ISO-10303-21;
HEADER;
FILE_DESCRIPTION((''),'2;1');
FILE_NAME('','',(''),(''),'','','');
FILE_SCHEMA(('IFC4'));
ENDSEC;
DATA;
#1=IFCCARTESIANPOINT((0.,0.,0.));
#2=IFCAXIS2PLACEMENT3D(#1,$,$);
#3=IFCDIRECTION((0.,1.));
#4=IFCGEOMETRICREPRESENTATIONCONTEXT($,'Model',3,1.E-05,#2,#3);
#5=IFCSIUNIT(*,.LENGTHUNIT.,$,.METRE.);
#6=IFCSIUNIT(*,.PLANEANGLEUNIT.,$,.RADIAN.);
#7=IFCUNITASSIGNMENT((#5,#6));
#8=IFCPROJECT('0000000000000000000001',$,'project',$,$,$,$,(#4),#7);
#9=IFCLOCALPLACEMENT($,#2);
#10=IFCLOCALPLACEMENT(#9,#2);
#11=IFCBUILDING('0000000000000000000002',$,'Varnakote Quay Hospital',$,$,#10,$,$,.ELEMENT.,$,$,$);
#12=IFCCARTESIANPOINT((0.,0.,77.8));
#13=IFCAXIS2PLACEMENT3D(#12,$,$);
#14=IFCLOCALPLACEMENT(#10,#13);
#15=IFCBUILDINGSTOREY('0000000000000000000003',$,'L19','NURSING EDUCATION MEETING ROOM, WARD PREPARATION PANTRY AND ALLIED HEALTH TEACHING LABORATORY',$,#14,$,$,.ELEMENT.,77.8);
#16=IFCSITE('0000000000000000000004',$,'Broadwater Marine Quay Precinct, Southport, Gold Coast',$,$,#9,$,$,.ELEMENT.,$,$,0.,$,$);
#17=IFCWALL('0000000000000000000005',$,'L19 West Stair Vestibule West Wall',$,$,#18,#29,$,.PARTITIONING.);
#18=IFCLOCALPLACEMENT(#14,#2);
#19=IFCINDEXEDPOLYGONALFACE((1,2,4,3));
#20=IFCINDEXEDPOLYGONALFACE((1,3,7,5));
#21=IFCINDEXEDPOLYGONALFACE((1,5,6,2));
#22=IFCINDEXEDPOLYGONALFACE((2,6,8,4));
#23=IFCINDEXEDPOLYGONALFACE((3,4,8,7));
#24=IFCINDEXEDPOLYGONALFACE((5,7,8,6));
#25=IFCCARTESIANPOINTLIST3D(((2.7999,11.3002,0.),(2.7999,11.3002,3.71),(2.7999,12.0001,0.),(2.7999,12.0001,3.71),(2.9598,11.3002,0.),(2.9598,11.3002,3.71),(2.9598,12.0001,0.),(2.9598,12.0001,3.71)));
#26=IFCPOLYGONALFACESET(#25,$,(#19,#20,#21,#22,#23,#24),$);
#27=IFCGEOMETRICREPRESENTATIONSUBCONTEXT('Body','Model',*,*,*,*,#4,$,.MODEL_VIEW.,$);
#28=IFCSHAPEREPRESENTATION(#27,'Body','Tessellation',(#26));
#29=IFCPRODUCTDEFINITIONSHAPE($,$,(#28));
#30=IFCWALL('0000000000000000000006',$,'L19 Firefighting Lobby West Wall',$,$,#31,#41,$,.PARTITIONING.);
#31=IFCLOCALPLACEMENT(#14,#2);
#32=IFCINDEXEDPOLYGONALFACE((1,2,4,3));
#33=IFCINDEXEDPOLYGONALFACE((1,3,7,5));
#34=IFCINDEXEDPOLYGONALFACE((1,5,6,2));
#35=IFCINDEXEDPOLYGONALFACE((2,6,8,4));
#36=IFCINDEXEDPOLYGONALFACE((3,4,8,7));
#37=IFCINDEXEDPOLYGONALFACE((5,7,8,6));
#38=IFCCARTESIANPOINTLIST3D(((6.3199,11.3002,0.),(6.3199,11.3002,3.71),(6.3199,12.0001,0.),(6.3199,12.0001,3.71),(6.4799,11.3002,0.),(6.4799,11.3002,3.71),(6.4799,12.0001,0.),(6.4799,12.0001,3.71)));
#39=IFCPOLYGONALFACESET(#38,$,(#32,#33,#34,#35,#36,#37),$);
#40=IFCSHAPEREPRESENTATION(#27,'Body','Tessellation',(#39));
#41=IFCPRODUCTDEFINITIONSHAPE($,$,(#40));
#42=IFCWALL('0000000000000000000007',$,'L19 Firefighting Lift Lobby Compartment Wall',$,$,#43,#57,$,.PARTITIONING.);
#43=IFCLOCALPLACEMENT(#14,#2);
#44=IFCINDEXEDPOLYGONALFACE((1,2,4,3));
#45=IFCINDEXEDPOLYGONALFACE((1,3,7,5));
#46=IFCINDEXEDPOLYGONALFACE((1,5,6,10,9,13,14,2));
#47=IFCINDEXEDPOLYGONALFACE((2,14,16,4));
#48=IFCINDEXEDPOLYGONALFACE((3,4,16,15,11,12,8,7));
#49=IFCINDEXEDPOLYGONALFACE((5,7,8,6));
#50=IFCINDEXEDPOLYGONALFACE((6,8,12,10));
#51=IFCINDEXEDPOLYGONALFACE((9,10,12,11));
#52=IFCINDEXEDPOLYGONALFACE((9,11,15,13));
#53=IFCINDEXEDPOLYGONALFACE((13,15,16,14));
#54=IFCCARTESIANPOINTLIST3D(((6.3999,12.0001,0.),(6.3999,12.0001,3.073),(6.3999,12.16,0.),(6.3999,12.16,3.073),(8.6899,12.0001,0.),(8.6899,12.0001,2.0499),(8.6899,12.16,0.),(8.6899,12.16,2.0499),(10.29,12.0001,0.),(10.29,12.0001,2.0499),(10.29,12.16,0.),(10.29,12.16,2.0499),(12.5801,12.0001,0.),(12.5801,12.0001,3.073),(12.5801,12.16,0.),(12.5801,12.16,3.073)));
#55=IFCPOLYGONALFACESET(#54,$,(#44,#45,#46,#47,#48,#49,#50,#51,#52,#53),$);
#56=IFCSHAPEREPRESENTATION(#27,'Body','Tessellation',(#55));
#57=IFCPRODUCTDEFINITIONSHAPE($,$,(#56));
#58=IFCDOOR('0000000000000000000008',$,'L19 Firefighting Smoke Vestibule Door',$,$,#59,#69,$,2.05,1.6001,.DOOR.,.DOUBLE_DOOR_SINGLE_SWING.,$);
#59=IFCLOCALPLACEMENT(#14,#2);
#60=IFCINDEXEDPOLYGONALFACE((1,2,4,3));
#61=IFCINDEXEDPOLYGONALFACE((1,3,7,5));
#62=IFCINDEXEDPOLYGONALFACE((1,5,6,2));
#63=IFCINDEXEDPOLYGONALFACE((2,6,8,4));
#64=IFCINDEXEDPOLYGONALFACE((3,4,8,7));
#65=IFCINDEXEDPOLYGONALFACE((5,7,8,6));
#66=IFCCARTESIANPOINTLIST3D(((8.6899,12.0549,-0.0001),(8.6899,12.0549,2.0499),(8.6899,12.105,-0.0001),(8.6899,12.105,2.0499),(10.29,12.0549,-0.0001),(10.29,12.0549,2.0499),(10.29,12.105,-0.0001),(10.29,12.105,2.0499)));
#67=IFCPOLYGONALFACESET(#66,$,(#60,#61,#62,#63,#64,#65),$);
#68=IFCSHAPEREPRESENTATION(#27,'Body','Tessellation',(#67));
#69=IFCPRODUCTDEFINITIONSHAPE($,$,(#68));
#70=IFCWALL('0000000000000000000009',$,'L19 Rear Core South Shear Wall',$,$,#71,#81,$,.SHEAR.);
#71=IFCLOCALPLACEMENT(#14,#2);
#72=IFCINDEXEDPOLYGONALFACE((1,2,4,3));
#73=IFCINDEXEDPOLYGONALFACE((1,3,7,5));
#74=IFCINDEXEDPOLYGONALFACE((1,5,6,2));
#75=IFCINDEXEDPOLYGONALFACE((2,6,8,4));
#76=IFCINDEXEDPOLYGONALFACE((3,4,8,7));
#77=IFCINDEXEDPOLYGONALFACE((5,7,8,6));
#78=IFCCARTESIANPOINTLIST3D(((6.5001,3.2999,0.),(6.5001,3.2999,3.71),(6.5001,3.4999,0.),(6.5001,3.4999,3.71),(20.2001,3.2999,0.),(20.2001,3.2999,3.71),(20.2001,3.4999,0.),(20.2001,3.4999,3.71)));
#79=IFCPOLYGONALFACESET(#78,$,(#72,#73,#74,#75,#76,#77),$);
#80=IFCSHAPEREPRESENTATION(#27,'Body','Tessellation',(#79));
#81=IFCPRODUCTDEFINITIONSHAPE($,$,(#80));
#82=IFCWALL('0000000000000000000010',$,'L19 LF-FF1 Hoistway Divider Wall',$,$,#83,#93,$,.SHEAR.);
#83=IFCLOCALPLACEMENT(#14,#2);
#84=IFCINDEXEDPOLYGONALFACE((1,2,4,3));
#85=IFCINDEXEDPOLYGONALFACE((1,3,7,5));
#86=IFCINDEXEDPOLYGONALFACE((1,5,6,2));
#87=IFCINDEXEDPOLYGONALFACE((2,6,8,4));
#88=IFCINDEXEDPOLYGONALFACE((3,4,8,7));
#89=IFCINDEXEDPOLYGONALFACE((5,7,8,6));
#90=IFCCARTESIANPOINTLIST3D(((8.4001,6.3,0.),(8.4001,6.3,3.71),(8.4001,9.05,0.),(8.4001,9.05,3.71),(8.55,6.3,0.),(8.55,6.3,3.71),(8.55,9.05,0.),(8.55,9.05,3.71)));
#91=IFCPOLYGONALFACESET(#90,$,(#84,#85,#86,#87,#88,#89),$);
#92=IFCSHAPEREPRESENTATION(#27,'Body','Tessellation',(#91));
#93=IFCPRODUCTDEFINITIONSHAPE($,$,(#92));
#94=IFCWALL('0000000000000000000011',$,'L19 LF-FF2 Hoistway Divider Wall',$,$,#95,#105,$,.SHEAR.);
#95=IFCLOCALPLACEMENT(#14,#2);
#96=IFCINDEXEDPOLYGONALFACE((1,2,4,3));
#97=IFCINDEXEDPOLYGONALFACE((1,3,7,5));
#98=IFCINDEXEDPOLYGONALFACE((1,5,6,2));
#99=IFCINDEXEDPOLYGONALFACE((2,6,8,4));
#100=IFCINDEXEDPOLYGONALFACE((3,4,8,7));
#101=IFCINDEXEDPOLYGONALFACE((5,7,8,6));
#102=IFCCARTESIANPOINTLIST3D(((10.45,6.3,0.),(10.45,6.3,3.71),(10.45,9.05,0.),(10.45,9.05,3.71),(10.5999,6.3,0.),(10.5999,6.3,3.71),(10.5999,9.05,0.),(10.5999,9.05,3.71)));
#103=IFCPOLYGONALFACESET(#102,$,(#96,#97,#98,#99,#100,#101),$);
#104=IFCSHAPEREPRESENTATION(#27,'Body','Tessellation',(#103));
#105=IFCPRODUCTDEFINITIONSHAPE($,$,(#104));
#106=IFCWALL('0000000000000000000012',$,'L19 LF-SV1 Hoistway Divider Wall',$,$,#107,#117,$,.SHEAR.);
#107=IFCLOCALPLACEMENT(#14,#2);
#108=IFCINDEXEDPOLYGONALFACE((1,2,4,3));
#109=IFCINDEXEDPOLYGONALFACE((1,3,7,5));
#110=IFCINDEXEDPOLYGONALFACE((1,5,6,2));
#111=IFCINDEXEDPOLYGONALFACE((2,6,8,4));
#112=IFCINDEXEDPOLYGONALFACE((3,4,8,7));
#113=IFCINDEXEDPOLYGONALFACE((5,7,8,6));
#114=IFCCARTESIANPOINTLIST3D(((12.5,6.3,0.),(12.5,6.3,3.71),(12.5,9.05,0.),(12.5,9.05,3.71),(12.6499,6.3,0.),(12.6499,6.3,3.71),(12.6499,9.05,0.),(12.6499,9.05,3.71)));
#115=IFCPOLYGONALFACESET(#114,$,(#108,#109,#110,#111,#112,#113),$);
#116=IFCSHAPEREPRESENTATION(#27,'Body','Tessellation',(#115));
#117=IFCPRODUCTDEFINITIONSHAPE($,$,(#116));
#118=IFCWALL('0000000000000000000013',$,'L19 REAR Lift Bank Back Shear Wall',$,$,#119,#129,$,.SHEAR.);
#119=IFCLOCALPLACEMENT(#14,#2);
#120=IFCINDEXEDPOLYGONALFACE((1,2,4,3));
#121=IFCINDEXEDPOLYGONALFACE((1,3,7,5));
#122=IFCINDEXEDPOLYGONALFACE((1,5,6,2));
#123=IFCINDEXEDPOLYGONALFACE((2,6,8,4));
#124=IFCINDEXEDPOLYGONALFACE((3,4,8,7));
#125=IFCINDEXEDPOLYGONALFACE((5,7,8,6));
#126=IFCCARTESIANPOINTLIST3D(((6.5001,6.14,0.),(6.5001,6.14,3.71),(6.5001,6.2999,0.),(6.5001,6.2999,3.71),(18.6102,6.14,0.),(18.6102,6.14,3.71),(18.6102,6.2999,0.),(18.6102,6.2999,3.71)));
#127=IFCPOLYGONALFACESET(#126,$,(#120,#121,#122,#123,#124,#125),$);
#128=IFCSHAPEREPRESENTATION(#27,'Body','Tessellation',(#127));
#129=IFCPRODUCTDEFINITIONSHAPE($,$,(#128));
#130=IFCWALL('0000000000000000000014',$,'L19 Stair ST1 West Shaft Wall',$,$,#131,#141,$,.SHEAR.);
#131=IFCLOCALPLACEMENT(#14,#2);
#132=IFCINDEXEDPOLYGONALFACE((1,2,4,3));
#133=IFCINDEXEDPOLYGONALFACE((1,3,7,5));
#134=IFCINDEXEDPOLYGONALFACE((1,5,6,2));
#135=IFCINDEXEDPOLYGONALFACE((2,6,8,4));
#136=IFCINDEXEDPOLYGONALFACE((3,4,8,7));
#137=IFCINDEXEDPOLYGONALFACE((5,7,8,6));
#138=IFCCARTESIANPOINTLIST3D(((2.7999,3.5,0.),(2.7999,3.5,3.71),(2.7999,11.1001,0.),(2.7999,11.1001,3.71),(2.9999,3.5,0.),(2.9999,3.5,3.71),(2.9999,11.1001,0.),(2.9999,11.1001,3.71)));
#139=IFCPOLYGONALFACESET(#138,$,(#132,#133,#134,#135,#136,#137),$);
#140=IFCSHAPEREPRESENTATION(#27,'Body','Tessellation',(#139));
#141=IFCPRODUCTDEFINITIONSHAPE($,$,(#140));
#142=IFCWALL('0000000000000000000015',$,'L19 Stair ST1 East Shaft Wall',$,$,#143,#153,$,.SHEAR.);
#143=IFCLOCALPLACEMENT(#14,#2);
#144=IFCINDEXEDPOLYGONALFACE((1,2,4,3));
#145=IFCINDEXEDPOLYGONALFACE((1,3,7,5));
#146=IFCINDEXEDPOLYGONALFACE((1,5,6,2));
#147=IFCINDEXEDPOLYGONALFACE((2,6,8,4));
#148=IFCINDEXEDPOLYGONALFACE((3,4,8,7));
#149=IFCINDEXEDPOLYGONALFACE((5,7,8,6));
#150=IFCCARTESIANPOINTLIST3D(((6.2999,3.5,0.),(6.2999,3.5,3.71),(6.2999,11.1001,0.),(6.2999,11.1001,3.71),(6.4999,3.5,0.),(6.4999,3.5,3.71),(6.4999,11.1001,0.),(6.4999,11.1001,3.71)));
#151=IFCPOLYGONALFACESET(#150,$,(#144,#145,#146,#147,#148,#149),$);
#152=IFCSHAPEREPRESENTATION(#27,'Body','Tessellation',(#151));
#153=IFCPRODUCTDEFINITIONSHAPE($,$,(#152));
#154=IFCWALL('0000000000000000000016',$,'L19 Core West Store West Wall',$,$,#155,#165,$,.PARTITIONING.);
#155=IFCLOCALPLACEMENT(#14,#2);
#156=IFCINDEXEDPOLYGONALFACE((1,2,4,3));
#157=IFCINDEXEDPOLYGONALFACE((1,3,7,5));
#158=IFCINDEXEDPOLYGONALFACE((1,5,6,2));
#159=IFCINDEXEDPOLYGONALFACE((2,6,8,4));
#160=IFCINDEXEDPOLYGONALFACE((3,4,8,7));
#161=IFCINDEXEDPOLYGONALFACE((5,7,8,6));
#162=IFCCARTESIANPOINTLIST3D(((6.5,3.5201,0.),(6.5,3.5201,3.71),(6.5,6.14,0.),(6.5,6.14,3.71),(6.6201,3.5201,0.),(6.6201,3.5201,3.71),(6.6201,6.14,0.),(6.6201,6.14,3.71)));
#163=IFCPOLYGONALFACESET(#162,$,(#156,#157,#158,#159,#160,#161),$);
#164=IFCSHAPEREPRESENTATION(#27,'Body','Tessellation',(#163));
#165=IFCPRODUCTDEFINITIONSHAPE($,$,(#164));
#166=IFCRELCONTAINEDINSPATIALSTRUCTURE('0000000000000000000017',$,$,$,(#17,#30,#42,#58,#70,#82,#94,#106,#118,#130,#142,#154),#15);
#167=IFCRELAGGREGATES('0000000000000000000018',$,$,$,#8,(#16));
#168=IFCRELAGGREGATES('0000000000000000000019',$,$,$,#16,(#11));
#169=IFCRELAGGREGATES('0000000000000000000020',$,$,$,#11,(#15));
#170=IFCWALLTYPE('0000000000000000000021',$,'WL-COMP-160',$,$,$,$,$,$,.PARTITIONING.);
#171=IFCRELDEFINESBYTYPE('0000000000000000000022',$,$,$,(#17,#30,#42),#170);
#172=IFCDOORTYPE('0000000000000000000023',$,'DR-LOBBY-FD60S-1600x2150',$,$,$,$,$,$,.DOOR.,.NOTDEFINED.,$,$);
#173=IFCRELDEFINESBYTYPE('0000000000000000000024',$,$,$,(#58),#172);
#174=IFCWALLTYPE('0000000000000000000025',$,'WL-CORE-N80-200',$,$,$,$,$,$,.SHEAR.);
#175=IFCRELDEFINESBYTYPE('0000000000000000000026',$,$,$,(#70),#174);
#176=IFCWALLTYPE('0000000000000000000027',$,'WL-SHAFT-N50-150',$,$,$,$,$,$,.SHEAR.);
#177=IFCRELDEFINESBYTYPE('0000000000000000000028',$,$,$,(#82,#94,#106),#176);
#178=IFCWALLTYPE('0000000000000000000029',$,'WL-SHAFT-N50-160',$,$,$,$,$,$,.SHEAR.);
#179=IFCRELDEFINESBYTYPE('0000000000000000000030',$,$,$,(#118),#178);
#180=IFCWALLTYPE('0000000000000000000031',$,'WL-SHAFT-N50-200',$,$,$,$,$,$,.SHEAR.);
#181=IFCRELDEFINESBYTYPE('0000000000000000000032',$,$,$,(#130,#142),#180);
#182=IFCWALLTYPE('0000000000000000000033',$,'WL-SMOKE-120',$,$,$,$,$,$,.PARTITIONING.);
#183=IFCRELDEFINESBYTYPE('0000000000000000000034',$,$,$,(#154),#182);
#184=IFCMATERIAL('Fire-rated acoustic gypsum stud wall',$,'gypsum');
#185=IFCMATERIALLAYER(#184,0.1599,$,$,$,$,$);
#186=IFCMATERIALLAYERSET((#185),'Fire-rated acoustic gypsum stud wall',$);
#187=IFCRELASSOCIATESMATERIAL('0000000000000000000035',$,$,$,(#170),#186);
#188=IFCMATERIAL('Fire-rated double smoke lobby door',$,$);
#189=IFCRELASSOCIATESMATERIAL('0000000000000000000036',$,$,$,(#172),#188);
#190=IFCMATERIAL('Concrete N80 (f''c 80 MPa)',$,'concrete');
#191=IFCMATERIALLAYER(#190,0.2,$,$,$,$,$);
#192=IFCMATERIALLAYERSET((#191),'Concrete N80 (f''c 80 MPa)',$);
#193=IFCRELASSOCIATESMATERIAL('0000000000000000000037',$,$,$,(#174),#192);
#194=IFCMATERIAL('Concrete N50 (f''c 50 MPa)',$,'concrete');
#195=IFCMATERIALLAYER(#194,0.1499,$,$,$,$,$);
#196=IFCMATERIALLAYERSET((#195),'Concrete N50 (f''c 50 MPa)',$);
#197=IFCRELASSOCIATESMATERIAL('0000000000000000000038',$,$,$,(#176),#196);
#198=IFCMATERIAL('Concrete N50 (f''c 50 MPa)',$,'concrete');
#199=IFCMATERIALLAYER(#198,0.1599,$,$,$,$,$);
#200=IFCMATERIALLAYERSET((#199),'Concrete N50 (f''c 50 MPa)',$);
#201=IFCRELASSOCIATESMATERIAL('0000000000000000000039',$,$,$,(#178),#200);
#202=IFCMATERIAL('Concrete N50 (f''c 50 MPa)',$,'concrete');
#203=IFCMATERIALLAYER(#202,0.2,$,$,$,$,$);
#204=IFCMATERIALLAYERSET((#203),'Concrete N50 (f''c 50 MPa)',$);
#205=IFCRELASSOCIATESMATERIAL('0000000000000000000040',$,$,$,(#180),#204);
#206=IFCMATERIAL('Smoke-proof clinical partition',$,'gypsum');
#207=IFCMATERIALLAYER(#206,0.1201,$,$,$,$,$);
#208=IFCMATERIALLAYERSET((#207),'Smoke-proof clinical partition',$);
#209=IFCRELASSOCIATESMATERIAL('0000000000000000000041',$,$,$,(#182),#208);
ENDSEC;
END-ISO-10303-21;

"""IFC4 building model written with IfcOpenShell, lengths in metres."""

from ifc_helpers import new_model, si_unit, direction, frame, frame_2d, origin, place, context, subcontext, project, spatial, rectangle, extrude, material, layer, layer_set, type_object, element, fill, save


model = new_model("IFC4")

# Units and contexts
model_context = context("Model", 3, precision=1e-05, world=origin(), true_north=direction((0.0, 1.0)))
body_context = subcontext(model_context, "Body", "Model", "MODEL_VIEW")
ifc_project = project(units=[si_unit("LENGTHUNIT", "METRE"), si_unit("PLANEANGLEUNIT", "RADIAN")], contexts=[model_context])

# Site, building, storey
site_placement = place(None, origin())
site = spatial("IfcSite", under=ifc_project, at=site_placement, Name="Broadwater Marine Quay Precinct, Southport, Gold Coast", CompositionType="ELEMENT", RefElevation=0.0)
building_placement = place(site_placement, origin())
building = spatial("IfcBuilding", under=site, at=building_placement, Name="Varnakote Quay Hospital", CompositionType="ELEMENT")
storey_placement = place(building_placement, frame((0.0, 0.0, 77.8)))
storey = spatial("IfcBuildingStorey", under=building, at=storey_placement, Name="L19", Description="NURSING EDUCATION MEETING ROOM, WARD PREPARATION PANTRY AND ALLIED HEALTH TEACHING LABORATORY", CompositionType="ELEMENT", Elevation=77.8)

# Walls
ifc_material_1 = material(Name="Fire-rated acoustic gypsum stud wall", Category="gypsum")
ifc_layer_1 = layer(ifc_material_1, 0.1599)
ifc_layer_set_1 = layer_set([ifc_layer_1], Name="Fire-rated acoustic gypsum stud wall")
wall_type_1 = type_object("IfcWallType", Name="WL-COMP-160", PredefinedType="PARTITIONING", material=ifc_layer_set_1)
for number, where, z_axis, x_axis, name in (
    (1, (2.8799, 11.3, 0.0), (0.0, 0.0, 1.0), (0.0, 1.0, 0.0), "L19 West Stair Vestibule West Wall"),
    (2, (6.3999, 11.3, 0.0), (0.0, 0.0, 1.0), (0.0, 1.0, 0.0), "L19 Firefighting Lobby West Wall"),
):
    element("IfcWall", number, at=place(storey_placement, frame(where, z_axis=z_axis, x_axis=x_axis)), inside=storey, type_object=wall_type_1, Name=name, PredefinedType="PARTITIONING", context=body_context, shape_type="SweptSolid", body=[
        extrude(rectangle(XDim=0.7, YDim=0.1599, at=frame_2d((0.3501, 0.0))), origin(), (0.0, 0.0, 1.0), 3.71),
    ])

# Wall, opening, door
wall_1_placement = place(storey_placement, frame((6.3999, 12.0801, 0.0), z_axis=(0.0, 0.0, 1.0), x_axis=(1.0, 0.0, 0.0)))
wall_1 = element("IfcWall", 3, at=wall_1_placement, inside=storey, type_object=wall_type_1, Name="L19 Firefighting Lift Lobby Compartment Wall", PredefinedType="PARTITIONING", context=body_context, shape_type="SweptSolid", body=[
    extrude(rectangle(XDim=6.1802, YDim=0.1599, at=frame_2d((3.0901, 0.0))), origin(), (0.0, 0.0, 1.0), 3.073),
])
opening_1_placement = place(wall_1_placement, frame((2.29, 0.0, 0.0)))
opening_1 = element("IfcOpeningElement", 4, at=opening_1_placement, cuts=wall_1, PredefinedType="OPENING", context=body_context, shape_type="SweptSolid", body=[
    extrude(rectangle(XDim=1.6001, YDim=2.05, at=frame_2d((0.8, 1.0249))), frame((0.0, 0.0898, 0.0), z_axis=(0.0, -1.0, 0.0), x_axis=(1.0, 0.0, 0.0)), (0.0, 0.0, 1.0), 0.1799),
])
ifc_material_2 = material(Name="Fire-rated double smoke lobby door")
door_type_1 = type_object("IfcDoorType", Name="DR-LOBBY-FD60S-1600x2150", OperationType="NOTDEFINED", PredefinedType="DOOR", material=ifc_material_2)
door_1_placement = place(opening_1_placement, origin())
door_1 = element("IfcDoor", 5, at=door_1_placement, inside=storey, type_object=door_type_1, Name="L19 Firefighting Smoke Vestibule Door", OperationType="DOUBLE_DOOR_SINGLE_SWING", OverallHeight=2.05, OverallWidth=1.6001, PredefinedType="DOOR", context=body_context, shape_type="SweptSolid", body=[
    extrude(rectangle(XDim=1.6001, YDim=2.05, at=frame_2d((0.8, 1.0249))), frame((0.0, 0.0249, 0.0), z_axis=(0.0, -1.0, 0.0), x_axis=(1.0, 0.0, 0.0)), (0.0, 0.0, 1.0), 0.05),
])
fill(opening_1, door_1)

# Walls
ifc_material_3 = material(Name="Concrete N80 (f'c 80 MPa)", Category="concrete")
ifc_layer_2 = layer(ifc_material_3, 0.2)
ifc_layer_set_2 = layer_set([ifc_layer_2], Name="Concrete N80 (f'c 80 MPa)")
wall_type_2 = type_object("IfcWallType", Name="WL-CORE-N80-200", PredefinedType="SHEAR", material=ifc_layer_set_2)
wall_2_placement = place(storey_placement, frame((6.5, 3.3999, 0.0), z_axis=(0.0, 0.0, 1.0), x_axis=(1.0, 0.0, 0.0)))
element("IfcWall", 6, at=wall_2_placement, inside=storey, type_object=wall_type_2, Name="L19 Rear Core South Shear Wall", PredefinedType="SHEAR", context=body_context, shape_type="SweptSolid", body=[
    extrude(rectangle(XDim=13.7, YDim=0.2, at=frame_2d((6.8501, 0.0))), origin(), (0.0, 0.0, 1.0), 3.71),
])
ifc_material_4 = material(Name="Concrete N50 (f'c 50 MPa)", Category="concrete")
ifc_layer_3 = layer(ifc_material_4, 0.1499)
ifc_layer_set_3 = layer_set([ifc_layer_3], Name="Concrete N50 (f'c 50 MPa)")
wall_type_3 = type_object("IfcWallType", Name="WL-SHAFT-N50-150", PredefinedType="SHEAR", material=ifc_layer_set_3)
for number, where, z_axis, x_axis, name in (
    (7, (8.4751, 6.3, 0.0), (0.0, 0.0, 1.0), (0.0, 1.0, 0.0), "L19 LF-FF1 Hoistway Divider Wall"),
    (8, (10.5249, 6.3, 0.0), (0.0, 0.0, 1.0), (0.0, 1.0, 0.0), "L19 LF-FF2 Hoistway Divider Wall"),
    (9, (12.575, 6.3, 0.0), (0.0, 0.0, 1.0), (0.0, 1.0, 0.0), "L19 LF-SV1 Hoistway Divider Wall"),
):
    element("IfcWall", number, at=place(storey_placement, frame(where, z_axis=z_axis, x_axis=x_axis)), inside=storey, type_object=wall_type_3, Name=name, PredefinedType="SHEAR", context=body_context, shape_type="SweptSolid", body=[
        extrude(rectangle(XDim=2.75, YDim=0.1499, at=frame_2d((1.375, 0.0))), origin(), (0.0, 0.0, 1.0), 3.71),
    ])
ifc_material_5 = material(Name="Concrete N50 (f'c 50 MPa)", Category="concrete")
ifc_layer_4 = layer(ifc_material_5, 0.1599)
ifc_layer_set_4 = layer_set([ifc_layer_4], Name="Concrete N50 (f'c 50 MPa)")
wall_type_4 = type_object("IfcWallType", Name="WL-SHAFT-N50-160", PredefinedType="SHEAR", material=ifc_layer_set_4)
wall_3_placement = place(storey_placement, frame((6.5, 6.22, 0.0), z_axis=(0.0, 0.0, 1.0), x_axis=(1.0, 0.0, 0.0)))
element("IfcWall", 10, at=wall_3_placement, inside=storey, type_object=wall_type_4, Name="L19 REAR Lift Bank Back Shear Wall", PredefinedType="SHEAR", context=body_context, shape_type="SweptSolid", body=[
    extrude(rectangle(XDim=12.1101, YDim=0.1599, at=frame_2d((6.0552, 0.0))), origin(), (0.0, 0.0, 1.0), 3.71),
])

# Walls
ifc_material_6 = material(Name="Concrete N50 (f'c 50 MPa)", Category="concrete")
ifc_layer_5 = layer(ifc_material_6, 0.2)
ifc_layer_set_5 = layer_set([ifc_layer_5], Name="Concrete N50 (f'c 50 MPa)")
wall_type_5 = type_object("IfcWallType", Name="WL-SHAFT-N50-200", PredefinedType="SHEAR", material=ifc_layer_set_5)
for number, where, z_axis, x_axis, name in (
    (11, (2.8999, 3.5, 0.0), (0.0, 0.0, 1.0), (0.0, 1.0, 0.0), "L19 Stair ST1 West Shaft Wall"),
    (12, (6.3999, 3.5, 0.0), (0.0, 0.0, 1.0), (0.0, 1.0, 0.0), "L19 Stair ST1 East Shaft Wall"),
):
    element("IfcWall", number, at=place(storey_placement, frame(where, z_axis=z_axis, x_axis=x_axis)), inside=storey, type_object=wall_type_5, Name=name, PredefinedType="SHEAR", context=body_context, shape_type="SweptSolid", body=[
        extrude(rectangle(XDim=7.6001, YDim=0.2, at=frame_2d((3.8, 0.0))), origin(), (0.0, 0.0, 1.0), 3.71),
    ])
ifc_material_7 = material(Name="Smoke-proof clinical partition", Category="gypsum")
ifc_layer_6 = layer(ifc_material_7, 0.1201)
ifc_layer_set_6 = layer_set([ifc_layer_6], Name="Smoke-proof clinical partition")
wall_type_6 = type_object("IfcWallType", Name="WL-SMOKE-120", PredefinedType="PARTITIONING", material=ifc_layer_set_6)
wall_4_placement = place(storey_placement, frame((6.5601, 3.52, 0.0), z_axis=(0.0, 0.0, 1.0), x_axis=(0.0, 1.0, 0.0)))
element("IfcWall", 13, at=wall_4_placement, inside=storey, type_object=wall_type_6, Name="L19 Core West Store West Wall", PredefinedType="PARTITIONING", context=body_context, shape_type="SweptSolid", body=[
    extrude(rectangle(XDim=2.6199, YDim=0.1201, at=frame_2d((1.3101, 0.0))), origin(), (0.0, 0.0, 1.0), 3.71),
])

save(model, "model.ifc")
